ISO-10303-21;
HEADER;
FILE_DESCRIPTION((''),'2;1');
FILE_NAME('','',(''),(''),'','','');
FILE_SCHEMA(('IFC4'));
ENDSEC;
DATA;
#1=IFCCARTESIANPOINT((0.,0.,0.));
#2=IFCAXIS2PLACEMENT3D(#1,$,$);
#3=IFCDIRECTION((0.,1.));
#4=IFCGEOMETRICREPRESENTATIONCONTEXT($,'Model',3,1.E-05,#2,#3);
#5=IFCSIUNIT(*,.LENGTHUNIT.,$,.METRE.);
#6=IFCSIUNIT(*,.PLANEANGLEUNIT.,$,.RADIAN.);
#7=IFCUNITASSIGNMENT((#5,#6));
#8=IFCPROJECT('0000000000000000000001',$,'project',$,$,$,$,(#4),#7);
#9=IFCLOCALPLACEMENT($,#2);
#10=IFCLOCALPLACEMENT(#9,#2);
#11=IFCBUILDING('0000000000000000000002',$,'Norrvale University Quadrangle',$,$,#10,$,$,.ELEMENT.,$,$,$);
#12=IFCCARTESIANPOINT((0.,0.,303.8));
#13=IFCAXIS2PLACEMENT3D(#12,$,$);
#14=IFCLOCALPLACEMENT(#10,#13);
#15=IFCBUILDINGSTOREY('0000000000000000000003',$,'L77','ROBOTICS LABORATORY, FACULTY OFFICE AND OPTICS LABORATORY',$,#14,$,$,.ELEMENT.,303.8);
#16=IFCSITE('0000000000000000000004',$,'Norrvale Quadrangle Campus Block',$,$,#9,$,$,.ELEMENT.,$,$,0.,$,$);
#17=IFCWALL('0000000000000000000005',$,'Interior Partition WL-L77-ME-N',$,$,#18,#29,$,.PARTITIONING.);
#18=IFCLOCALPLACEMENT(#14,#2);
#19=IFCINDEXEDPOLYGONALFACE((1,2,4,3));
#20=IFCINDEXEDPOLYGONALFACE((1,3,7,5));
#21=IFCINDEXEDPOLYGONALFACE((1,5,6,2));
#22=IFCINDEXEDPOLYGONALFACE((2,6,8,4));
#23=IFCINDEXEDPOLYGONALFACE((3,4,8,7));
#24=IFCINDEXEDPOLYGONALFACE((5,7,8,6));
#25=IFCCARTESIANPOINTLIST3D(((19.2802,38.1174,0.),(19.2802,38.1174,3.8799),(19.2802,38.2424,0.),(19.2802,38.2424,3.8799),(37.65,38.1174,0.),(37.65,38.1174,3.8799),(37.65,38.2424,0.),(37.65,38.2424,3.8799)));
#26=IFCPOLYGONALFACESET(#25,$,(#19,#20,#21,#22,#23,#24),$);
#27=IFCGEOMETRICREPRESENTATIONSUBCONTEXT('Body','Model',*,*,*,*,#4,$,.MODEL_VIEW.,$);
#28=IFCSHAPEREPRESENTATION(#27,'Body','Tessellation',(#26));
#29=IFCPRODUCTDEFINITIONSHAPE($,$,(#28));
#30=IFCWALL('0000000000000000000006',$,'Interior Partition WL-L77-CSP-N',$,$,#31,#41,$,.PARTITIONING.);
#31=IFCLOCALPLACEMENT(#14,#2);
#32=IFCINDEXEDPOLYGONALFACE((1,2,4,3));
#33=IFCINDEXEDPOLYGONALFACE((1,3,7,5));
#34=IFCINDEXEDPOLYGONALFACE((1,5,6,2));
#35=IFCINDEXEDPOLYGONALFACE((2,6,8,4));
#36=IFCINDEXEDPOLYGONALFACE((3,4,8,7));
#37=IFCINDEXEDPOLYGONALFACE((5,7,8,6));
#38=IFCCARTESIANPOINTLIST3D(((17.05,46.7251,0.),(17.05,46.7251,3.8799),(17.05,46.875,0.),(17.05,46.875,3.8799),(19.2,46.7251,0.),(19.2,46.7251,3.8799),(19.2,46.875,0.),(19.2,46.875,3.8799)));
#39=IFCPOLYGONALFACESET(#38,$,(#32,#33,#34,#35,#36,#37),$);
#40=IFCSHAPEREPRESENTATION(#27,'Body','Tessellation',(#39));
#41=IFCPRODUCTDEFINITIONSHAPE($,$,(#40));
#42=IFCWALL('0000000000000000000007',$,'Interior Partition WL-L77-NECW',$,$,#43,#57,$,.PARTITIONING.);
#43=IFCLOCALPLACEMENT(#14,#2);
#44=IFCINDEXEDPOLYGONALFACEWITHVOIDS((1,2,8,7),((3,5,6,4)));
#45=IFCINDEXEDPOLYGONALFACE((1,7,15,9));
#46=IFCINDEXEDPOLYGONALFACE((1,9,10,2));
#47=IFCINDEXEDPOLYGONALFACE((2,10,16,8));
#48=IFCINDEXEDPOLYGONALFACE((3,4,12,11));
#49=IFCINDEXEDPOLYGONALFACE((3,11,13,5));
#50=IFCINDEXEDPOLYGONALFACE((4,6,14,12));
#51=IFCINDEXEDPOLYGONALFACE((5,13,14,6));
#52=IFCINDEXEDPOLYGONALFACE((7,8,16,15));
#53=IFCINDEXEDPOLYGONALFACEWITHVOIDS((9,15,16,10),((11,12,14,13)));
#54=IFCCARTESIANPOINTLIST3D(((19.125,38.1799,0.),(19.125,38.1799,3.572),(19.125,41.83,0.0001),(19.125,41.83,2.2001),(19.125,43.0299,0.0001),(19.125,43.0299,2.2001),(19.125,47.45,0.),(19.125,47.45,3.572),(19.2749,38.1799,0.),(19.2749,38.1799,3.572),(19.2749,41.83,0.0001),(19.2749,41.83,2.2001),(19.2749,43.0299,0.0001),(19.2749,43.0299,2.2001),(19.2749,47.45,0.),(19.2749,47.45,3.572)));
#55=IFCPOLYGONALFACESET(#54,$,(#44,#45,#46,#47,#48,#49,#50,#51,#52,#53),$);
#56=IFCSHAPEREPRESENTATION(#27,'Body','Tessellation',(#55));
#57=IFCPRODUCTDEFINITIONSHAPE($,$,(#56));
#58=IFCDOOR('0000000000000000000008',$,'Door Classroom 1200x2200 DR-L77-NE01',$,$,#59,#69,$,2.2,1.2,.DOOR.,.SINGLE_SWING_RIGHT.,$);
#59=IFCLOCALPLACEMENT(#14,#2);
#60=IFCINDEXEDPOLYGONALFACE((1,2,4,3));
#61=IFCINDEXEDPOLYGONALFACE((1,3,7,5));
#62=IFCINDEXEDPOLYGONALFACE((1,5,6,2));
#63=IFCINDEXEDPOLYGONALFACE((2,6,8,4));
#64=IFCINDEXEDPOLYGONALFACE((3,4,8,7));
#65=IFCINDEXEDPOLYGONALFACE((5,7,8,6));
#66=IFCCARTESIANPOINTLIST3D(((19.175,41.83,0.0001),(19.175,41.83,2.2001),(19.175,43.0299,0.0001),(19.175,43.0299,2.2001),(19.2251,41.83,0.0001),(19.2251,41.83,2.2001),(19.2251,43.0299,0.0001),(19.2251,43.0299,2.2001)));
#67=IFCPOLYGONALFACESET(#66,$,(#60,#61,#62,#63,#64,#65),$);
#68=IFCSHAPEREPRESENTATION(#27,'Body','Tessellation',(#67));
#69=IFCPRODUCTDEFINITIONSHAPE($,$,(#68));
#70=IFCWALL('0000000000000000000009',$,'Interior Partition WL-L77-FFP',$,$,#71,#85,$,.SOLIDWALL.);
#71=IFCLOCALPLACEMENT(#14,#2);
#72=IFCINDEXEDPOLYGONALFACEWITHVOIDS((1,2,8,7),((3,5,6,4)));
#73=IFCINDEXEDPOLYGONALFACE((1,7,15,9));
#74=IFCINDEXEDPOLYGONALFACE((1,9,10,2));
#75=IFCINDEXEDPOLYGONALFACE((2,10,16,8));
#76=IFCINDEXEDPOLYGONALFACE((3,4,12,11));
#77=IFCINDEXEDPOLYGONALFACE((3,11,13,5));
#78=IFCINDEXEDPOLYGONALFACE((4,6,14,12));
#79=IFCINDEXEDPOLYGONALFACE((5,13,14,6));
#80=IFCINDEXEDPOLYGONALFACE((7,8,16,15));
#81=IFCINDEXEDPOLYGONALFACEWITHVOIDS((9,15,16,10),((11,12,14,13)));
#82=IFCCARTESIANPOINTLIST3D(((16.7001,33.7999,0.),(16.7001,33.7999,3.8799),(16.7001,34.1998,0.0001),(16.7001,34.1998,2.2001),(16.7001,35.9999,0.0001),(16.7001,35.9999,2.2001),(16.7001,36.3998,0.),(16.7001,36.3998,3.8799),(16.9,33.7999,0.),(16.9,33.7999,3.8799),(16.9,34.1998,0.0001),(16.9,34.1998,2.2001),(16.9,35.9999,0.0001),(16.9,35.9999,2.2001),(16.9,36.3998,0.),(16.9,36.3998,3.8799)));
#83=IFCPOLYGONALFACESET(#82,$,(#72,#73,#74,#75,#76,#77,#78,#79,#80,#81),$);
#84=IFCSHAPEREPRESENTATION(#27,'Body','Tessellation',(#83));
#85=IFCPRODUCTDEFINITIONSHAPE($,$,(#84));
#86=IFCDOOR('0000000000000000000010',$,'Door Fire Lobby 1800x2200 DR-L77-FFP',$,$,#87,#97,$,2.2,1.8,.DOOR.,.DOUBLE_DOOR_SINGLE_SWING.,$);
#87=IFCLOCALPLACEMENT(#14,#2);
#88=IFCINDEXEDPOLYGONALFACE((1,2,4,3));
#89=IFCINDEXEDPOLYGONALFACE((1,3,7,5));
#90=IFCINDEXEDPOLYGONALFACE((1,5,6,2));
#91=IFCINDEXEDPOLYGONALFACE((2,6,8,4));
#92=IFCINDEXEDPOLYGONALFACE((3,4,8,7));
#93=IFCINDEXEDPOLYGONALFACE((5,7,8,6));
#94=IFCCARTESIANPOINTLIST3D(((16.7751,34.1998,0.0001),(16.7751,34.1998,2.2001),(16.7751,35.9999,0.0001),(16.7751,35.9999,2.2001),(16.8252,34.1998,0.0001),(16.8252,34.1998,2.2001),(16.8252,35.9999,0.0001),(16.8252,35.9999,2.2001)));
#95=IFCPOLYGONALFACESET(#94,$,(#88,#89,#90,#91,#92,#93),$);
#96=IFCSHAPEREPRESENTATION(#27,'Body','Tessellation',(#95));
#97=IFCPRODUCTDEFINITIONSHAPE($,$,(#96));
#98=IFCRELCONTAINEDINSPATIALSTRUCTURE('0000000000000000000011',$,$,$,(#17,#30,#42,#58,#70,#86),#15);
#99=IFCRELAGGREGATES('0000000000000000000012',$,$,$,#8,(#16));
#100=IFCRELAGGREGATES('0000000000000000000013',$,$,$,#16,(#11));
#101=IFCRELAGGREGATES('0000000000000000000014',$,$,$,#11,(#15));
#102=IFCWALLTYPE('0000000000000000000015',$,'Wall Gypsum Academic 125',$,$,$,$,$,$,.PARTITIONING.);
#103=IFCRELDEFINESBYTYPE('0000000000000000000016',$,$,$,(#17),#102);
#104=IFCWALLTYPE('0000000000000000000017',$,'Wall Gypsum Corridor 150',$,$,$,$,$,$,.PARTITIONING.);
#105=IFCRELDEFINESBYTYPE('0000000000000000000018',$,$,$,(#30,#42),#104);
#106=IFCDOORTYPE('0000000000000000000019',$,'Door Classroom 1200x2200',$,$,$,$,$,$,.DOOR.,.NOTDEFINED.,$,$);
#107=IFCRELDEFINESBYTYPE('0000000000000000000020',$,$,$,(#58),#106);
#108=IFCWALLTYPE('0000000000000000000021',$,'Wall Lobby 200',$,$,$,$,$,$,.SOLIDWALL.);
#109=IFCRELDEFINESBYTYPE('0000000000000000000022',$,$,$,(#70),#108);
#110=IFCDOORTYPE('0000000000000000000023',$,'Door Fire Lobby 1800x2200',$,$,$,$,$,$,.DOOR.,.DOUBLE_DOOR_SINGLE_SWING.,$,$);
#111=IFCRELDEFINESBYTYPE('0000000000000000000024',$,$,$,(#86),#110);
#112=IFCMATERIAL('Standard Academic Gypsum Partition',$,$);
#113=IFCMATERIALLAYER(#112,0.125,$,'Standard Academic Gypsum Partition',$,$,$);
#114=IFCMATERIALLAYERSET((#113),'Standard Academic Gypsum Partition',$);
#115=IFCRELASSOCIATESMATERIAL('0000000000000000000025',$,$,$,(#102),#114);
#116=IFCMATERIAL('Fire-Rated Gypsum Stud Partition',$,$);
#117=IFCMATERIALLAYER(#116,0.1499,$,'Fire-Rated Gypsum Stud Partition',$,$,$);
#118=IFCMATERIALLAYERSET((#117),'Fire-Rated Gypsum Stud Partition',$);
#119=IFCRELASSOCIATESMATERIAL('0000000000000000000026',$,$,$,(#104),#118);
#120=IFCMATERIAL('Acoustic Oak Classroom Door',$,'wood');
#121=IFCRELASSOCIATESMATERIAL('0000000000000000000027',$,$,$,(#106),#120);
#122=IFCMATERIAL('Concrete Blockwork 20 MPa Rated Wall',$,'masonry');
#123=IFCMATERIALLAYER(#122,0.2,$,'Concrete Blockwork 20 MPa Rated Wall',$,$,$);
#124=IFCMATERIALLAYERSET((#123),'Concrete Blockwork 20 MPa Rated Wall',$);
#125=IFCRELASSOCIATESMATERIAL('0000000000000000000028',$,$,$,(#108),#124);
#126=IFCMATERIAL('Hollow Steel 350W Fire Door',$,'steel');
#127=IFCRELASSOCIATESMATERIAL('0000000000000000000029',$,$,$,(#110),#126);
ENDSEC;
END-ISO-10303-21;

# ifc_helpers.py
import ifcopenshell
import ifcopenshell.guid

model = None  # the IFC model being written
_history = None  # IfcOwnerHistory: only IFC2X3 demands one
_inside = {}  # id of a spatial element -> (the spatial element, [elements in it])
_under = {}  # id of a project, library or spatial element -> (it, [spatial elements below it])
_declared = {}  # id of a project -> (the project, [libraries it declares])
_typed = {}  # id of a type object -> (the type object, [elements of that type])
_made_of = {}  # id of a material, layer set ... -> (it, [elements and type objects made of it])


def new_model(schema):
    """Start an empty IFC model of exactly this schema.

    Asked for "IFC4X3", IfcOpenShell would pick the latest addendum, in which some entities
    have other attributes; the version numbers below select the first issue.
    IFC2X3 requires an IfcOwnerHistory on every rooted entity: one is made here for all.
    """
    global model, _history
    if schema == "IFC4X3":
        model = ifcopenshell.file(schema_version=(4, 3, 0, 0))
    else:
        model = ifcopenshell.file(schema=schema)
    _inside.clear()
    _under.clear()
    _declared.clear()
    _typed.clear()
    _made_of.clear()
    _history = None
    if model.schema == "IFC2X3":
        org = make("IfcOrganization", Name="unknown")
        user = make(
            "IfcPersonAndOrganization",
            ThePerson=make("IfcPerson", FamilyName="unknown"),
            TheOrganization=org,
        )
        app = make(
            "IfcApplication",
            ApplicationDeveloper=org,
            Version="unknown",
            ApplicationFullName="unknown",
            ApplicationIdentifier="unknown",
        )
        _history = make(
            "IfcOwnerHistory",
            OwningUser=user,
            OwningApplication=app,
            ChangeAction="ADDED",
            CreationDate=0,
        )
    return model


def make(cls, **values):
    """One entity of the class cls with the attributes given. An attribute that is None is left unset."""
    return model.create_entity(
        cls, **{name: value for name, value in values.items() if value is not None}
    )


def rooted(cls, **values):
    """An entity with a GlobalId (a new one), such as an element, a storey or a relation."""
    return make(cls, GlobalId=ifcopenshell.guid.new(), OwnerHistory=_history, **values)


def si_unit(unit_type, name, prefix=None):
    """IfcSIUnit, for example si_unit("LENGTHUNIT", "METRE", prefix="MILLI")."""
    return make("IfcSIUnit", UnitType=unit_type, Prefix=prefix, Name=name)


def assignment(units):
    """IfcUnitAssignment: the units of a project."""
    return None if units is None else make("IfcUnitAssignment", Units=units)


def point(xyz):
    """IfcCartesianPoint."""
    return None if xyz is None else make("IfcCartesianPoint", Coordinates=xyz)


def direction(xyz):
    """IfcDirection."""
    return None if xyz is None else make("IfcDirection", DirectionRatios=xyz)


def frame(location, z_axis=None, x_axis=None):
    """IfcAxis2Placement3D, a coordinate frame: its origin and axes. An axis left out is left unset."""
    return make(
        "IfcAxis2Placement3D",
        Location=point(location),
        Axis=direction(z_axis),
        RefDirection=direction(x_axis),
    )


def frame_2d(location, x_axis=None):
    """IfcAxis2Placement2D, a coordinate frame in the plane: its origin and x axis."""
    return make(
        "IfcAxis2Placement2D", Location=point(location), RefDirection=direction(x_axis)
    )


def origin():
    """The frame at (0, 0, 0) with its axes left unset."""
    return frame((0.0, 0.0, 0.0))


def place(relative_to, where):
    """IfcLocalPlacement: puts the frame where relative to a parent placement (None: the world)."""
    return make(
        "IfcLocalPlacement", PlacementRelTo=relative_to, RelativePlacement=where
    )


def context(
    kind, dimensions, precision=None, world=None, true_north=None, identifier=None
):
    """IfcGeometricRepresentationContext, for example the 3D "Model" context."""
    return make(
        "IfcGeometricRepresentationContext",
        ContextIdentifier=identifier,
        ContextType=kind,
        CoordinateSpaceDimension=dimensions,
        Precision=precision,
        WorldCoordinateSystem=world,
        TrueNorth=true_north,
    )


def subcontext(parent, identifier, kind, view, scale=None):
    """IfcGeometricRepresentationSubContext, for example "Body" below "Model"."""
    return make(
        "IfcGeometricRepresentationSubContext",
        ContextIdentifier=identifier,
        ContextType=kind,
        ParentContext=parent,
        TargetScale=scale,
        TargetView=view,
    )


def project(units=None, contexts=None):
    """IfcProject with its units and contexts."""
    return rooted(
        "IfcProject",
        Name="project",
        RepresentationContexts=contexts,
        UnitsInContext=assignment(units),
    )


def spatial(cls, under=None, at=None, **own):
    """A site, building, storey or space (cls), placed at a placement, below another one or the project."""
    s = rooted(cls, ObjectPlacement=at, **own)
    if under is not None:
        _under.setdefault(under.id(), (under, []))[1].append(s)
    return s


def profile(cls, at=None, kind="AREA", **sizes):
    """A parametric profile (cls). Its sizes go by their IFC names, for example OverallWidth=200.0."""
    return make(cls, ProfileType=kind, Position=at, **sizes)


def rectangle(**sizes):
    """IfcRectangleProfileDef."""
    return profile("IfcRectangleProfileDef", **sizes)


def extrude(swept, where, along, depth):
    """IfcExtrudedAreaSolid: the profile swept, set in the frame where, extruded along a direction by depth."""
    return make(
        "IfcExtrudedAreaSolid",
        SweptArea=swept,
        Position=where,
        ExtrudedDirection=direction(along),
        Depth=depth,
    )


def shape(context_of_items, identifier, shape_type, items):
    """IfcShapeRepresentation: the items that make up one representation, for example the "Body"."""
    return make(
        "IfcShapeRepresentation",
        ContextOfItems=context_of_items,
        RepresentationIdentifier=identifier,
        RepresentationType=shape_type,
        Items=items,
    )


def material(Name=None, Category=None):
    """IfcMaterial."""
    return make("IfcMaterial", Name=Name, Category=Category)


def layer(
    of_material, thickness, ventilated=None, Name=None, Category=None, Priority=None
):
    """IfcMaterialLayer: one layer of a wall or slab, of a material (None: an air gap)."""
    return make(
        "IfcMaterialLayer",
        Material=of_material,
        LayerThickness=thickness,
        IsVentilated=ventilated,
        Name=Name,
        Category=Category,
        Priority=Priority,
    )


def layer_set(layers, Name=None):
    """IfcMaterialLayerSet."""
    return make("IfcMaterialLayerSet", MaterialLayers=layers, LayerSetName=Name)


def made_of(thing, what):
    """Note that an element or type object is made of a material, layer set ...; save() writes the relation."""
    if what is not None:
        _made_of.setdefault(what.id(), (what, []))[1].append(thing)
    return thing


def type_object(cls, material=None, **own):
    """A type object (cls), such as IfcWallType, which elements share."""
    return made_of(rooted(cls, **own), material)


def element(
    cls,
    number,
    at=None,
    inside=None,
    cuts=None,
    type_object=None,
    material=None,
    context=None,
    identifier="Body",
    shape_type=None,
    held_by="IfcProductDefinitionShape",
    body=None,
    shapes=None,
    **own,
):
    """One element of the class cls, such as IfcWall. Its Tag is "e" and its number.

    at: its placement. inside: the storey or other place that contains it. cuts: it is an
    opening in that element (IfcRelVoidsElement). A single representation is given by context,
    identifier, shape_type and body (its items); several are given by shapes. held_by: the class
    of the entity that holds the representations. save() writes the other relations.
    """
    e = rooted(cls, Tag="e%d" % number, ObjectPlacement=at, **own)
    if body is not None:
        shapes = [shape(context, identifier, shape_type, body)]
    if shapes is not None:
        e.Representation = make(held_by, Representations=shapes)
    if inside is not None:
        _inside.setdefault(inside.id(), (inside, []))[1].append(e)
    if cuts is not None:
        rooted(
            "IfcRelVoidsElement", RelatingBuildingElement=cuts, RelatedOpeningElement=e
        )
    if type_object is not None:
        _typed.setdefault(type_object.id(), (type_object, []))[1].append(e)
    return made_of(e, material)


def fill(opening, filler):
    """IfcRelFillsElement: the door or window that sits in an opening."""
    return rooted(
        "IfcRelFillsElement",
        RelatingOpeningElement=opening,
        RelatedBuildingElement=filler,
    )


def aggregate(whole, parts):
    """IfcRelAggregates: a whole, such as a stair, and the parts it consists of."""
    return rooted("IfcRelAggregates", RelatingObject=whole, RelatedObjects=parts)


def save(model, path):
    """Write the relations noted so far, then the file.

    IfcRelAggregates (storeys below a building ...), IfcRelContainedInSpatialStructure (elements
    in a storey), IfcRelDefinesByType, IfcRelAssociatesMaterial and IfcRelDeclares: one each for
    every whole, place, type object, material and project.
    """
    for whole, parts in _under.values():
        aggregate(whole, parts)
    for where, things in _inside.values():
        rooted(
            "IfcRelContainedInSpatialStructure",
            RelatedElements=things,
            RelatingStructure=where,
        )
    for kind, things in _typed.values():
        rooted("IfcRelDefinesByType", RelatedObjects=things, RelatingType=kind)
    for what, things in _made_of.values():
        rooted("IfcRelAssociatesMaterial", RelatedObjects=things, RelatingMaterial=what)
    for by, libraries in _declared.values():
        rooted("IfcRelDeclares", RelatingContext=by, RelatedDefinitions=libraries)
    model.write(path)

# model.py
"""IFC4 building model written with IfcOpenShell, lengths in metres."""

from ifc_helpers import new_model, si_unit, direction, frame, frame_2d, origin, place, context, subcontext, project, spatial, rectangle, extrude, material, layer, layer_set, type_object, element, fill, save


model = new_model("IFC4")

# Units and contexts
model_context = context("Model", 3, precision=1e-05, world=origin(), true_north=direction((0.0, 1.0)))
body_context = subcontext(model_context, "Body", "Model", "MODEL_VIEW")
ifc_project = project(units=[si_unit("LENGTHUNIT", "METRE"), si_unit("PLANEANGLEUNIT", "RADIAN")], contexts=[model_context])

# Site, building, storey
site_placement = place(None, origin())
site = spatial("IfcSite", under=ifc_project, at=site_placement, Name="Norrvale Quadrangle Campus Block", CompositionType="ELEMENT", RefElevation=0.0)
building_placement = place(site_placement, origin())
building = spatial("IfcBuilding", under=site, at=building_placement, Name="Norrvale University Quadrangle", CompositionType="ELEMENT")
storey_placement = place(building_placement, frame((0.0, 0.0, 303.8)))
storey = spatial("IfcBuildingStorey", under=building, at=storey_placement, Name="L77", Description="ROBOTICS LABORATORY, FACULTY OFFICE AND OPTICS LABORATORY", CompositionType="ELEMENT", Elevation=303.8)

# Walls
ifc_material_1 = material(Name="Standard Academic Gypsum Partition")
ifc_layer_1 = layer(ifc_material_1, 0.125, Name="Standard Academic Gypsum Partition")
ifc_layer_set_1 = layer_set([ifc_layer_1], Name="Standard Academic Gypsum Partition")
wall_type_1 = type_object("IfcWallType", Name="Wall Gypsum Academic 125", PredefinedType="PARTITIONING", material=ifc_layer_set_1)
wall_1_placement = place(storey_placement, frame((19.28, 38.1799, 0.0), z_axis=(0.0, 0.0, 1.0), x_axis=(1.0, 0.0, 0.0)))
element("IfcWall", 1, at=wall_1_placement, inside=storey, type_object=wall_type_1, Name="Interior Partition WL-L77-ME-N", PredefinedType="PARTITIONING", context=body_context, shape_type="SweptSolid", body=[
    extrude(rectangle(XDim=18.3699, YDim=0.125, at=frame_2d((9.1851, 0.0))), origin(), (0.0, 0.0, 1.0), 3.8799),
])
ifc_material_2 = material(Name="Fire-Rated Gypsum Stud Partition")
ifc_layer_2 = layer(ifc_material_2, 0.1499, Name="Fire-Rated Gypsum Stud Partition")
ifc_layer_set_2 = layer_set([ifc_layer_2], Name="Fire-Rated Gypsum Stud Partition")
wall_type_2 = type_object("IfcWallType", Name="Wall Gypsum Corridor 150", PredefinedType="PARTITIONING", material=ifc_layer_set_2)
wall_2_placement = place(storey_placement, frame((17.05, 46.8, 0.0), z_axis=(0.0, 0.0, 1.0), x_axis=(1.0, 0.0, 0.0)))
element("IfcWall", 2, at=wall_2_placement, inside=storey, type_object=wall_type_2, Name="Interior Partition WL-L77-CSP-N", PredefinedType="PARTITIONING", context=body_context, shape_type="SweptSolid", body=[
    extrude(rectangle(XDim=2.1499, YDim=0.1499, at=frame_2d((1.075, 0.0))), origin(), (0.0, 0.0, 1.0), 3.8799),
])

# Walls, openings, doors
wall_3_placement = place(storey_placement, frame((19.2, 38.1799, 0.0), z_axis=(0.0, 0.0, 1.0), x_axis=(0.0, 1.0, 0.0)))
wall_3 = element("IfcWall", 3, at=wall_3_placement, inside=storey, type_object=wall_type_2, Name="Interior Partition WL-L77-NECW", PredefinedType="PARTITIONING", context=body_context, shape_type="SweptSolid", body=[
    extrude(rectangle(XDim=9.27, YDim=0.1499, at=frame_2d((4.635, 0.0))), origin(), (0.0, 0.0, 1.0), 3.572),
])
opening_1_placement = place(wall_3_placement, frame((3.6499, 0.0, 0.0)))
opening_1 = element("IfcOpeningElement", 4, at=opening_1_placement, cuts=wall_3, PredefinedType="OPENING", context=body_context, shape_type="SweptSolid", body=[
    extrude(rectangle(XDim=1.2, YDim=2.2, at=frame_2d((0.6001, 1.1001))), frame((0.0, 0.0869, 0.0), z_axis=(0.0, -1.0, 0.0), x_axis=(1.0, 0.0, 0.0)), (0.0, 0.0, 1.0), 0.1738),
])
ifc_material_3 = material(Name="Acoustic Oak Classroom Door", Category="wood")
door_type_1 = type_object("IfcDoorType", Name="Door Classroom 1200x2200", OperationType="NOTDEFINED", PredefinedType="DOOR", material=ifc_material_3)
door_1_placement = place(opening_1_placement, origin())
door_1 = element("IfcDoor", 5, at=door_1_placement, inside=storey, type_object=door_type_1, Name="Door Classroom 1200x2200 DR-L77-NE01", OperationType="SINGLE_SWING_RIGHT", OverallHeight=2.2, OverallWidth=1.2, PredefinedType="DOOR", context=body_context, shape_type="SweptSolid", body=[
    extrude(rectangle(XDim=1.2, YDim=2.2, at=frame_2d((0.6001, 1.1001))), frame((0.0, 0.0249, 0.0), z_axis=(0.0, -1.0, 0.0), x_axis=(1.0, 0.0, 0.0)), (0.0, 0.0, 1.0), 0.05),
])
fill(opening_1, door_1)
ifc_material_4 = material(Name="Concrete Blockwork 20 MPa Rated Wall", Category="masonry")
ifc_layer_3 = layer(ifc_material_4, 0.2, Name="Concrete Blockwork 20 MPa Rated Wall")
ifc_layer_set_3 = layer_set([ifc_layer_3], Name="Concrete Blockwork 20 MPa Rated Wall")
wall_type_3 = type_object("IfcWallType", Name="Wall Lobby 200", PredefinedType="SOLIDWALL", material=ifc_layer_set_3)
wall_4_placement = place(storey_placement, frame((16.8, 33.8, 0.0), z_axis=(0.0, 0.0, 1.0), x_axis=(0.0, 1.0, 0.0)))
wall_4 = element("IfcWall", 6, at=wall_4_placement, inside=storey, type_object=wall_type_3, Name="Interior Partition WL-L77-FFP", PredefinedType="SOLIDWALL", context=body_context, shape_type="SweptSolid", body=[
    extrude(rectangle(XDim=2.5999, YDim=0.2, at=frame_2d((1.2998, 0.0))), origin(), (0.0, 0.0, 1.0), 3.8799),
])
opening_2_placement = place(wall_4_placement, frame((0.3999, 0.0, 0.0)))
opening_2 = element("IfcOpeningElement", 7, at=opening_2_placement, cuts=wall_4, PredefinedType="OPENING", context=body_context, shape_type="SweptSolid", body=[
    extrude(rectangle(XDim=1.8, YDim=2.2, at=frame_2d((0.8999, 1.1001))), frame((0.0, 0.1121, 0.0), z_axis=(0.0, -1.0, 0.0), x_axis=(1.0, 0.0, 0.0)), (0.0, 0.0, 1.0), 0.2239),
])
ifc_material_5 = material(Name="Hollow Steel 350W Fire Door", Category="steel")
door_type_2 = type_object("IfcDoorType", Name="Door Fire Lobby 1800x2200", OperationType="DOUBLE_DOOR_SINGLE_SWING", PredefinedType="DOOR", material=ifc_material_5)
door_2_placement = place(opening_2_placement, origin())
door_2 = element("IfcDoor", 8, at=door_2_placement, inside=storey, type_object=door_type_2, Name="Door Fire Lobby 1800x2200 DR-L77-FFP", OperationType="DOUBLE_DOOR_SINGLE_SWING", OverallHeight=2.2, OverallWidth=1.8, PredefinedType="DOOR", context=body_context, shape_type="SweptSolid", body=[
    extrude(rectangle(XDim=1.8, YDim=2.2, at=frame_2d((0.8999, 1.1001))), frame((0.0, 0.0249, 0.0), z_axis=(0.0, -1.0, 0.0), x_axis=(1.0, 0.0, 0.0)), (0.0, 0.0, 1.0), 0.05),
])
fill(opening_2, door_2)

save(model, "model.ifc")
